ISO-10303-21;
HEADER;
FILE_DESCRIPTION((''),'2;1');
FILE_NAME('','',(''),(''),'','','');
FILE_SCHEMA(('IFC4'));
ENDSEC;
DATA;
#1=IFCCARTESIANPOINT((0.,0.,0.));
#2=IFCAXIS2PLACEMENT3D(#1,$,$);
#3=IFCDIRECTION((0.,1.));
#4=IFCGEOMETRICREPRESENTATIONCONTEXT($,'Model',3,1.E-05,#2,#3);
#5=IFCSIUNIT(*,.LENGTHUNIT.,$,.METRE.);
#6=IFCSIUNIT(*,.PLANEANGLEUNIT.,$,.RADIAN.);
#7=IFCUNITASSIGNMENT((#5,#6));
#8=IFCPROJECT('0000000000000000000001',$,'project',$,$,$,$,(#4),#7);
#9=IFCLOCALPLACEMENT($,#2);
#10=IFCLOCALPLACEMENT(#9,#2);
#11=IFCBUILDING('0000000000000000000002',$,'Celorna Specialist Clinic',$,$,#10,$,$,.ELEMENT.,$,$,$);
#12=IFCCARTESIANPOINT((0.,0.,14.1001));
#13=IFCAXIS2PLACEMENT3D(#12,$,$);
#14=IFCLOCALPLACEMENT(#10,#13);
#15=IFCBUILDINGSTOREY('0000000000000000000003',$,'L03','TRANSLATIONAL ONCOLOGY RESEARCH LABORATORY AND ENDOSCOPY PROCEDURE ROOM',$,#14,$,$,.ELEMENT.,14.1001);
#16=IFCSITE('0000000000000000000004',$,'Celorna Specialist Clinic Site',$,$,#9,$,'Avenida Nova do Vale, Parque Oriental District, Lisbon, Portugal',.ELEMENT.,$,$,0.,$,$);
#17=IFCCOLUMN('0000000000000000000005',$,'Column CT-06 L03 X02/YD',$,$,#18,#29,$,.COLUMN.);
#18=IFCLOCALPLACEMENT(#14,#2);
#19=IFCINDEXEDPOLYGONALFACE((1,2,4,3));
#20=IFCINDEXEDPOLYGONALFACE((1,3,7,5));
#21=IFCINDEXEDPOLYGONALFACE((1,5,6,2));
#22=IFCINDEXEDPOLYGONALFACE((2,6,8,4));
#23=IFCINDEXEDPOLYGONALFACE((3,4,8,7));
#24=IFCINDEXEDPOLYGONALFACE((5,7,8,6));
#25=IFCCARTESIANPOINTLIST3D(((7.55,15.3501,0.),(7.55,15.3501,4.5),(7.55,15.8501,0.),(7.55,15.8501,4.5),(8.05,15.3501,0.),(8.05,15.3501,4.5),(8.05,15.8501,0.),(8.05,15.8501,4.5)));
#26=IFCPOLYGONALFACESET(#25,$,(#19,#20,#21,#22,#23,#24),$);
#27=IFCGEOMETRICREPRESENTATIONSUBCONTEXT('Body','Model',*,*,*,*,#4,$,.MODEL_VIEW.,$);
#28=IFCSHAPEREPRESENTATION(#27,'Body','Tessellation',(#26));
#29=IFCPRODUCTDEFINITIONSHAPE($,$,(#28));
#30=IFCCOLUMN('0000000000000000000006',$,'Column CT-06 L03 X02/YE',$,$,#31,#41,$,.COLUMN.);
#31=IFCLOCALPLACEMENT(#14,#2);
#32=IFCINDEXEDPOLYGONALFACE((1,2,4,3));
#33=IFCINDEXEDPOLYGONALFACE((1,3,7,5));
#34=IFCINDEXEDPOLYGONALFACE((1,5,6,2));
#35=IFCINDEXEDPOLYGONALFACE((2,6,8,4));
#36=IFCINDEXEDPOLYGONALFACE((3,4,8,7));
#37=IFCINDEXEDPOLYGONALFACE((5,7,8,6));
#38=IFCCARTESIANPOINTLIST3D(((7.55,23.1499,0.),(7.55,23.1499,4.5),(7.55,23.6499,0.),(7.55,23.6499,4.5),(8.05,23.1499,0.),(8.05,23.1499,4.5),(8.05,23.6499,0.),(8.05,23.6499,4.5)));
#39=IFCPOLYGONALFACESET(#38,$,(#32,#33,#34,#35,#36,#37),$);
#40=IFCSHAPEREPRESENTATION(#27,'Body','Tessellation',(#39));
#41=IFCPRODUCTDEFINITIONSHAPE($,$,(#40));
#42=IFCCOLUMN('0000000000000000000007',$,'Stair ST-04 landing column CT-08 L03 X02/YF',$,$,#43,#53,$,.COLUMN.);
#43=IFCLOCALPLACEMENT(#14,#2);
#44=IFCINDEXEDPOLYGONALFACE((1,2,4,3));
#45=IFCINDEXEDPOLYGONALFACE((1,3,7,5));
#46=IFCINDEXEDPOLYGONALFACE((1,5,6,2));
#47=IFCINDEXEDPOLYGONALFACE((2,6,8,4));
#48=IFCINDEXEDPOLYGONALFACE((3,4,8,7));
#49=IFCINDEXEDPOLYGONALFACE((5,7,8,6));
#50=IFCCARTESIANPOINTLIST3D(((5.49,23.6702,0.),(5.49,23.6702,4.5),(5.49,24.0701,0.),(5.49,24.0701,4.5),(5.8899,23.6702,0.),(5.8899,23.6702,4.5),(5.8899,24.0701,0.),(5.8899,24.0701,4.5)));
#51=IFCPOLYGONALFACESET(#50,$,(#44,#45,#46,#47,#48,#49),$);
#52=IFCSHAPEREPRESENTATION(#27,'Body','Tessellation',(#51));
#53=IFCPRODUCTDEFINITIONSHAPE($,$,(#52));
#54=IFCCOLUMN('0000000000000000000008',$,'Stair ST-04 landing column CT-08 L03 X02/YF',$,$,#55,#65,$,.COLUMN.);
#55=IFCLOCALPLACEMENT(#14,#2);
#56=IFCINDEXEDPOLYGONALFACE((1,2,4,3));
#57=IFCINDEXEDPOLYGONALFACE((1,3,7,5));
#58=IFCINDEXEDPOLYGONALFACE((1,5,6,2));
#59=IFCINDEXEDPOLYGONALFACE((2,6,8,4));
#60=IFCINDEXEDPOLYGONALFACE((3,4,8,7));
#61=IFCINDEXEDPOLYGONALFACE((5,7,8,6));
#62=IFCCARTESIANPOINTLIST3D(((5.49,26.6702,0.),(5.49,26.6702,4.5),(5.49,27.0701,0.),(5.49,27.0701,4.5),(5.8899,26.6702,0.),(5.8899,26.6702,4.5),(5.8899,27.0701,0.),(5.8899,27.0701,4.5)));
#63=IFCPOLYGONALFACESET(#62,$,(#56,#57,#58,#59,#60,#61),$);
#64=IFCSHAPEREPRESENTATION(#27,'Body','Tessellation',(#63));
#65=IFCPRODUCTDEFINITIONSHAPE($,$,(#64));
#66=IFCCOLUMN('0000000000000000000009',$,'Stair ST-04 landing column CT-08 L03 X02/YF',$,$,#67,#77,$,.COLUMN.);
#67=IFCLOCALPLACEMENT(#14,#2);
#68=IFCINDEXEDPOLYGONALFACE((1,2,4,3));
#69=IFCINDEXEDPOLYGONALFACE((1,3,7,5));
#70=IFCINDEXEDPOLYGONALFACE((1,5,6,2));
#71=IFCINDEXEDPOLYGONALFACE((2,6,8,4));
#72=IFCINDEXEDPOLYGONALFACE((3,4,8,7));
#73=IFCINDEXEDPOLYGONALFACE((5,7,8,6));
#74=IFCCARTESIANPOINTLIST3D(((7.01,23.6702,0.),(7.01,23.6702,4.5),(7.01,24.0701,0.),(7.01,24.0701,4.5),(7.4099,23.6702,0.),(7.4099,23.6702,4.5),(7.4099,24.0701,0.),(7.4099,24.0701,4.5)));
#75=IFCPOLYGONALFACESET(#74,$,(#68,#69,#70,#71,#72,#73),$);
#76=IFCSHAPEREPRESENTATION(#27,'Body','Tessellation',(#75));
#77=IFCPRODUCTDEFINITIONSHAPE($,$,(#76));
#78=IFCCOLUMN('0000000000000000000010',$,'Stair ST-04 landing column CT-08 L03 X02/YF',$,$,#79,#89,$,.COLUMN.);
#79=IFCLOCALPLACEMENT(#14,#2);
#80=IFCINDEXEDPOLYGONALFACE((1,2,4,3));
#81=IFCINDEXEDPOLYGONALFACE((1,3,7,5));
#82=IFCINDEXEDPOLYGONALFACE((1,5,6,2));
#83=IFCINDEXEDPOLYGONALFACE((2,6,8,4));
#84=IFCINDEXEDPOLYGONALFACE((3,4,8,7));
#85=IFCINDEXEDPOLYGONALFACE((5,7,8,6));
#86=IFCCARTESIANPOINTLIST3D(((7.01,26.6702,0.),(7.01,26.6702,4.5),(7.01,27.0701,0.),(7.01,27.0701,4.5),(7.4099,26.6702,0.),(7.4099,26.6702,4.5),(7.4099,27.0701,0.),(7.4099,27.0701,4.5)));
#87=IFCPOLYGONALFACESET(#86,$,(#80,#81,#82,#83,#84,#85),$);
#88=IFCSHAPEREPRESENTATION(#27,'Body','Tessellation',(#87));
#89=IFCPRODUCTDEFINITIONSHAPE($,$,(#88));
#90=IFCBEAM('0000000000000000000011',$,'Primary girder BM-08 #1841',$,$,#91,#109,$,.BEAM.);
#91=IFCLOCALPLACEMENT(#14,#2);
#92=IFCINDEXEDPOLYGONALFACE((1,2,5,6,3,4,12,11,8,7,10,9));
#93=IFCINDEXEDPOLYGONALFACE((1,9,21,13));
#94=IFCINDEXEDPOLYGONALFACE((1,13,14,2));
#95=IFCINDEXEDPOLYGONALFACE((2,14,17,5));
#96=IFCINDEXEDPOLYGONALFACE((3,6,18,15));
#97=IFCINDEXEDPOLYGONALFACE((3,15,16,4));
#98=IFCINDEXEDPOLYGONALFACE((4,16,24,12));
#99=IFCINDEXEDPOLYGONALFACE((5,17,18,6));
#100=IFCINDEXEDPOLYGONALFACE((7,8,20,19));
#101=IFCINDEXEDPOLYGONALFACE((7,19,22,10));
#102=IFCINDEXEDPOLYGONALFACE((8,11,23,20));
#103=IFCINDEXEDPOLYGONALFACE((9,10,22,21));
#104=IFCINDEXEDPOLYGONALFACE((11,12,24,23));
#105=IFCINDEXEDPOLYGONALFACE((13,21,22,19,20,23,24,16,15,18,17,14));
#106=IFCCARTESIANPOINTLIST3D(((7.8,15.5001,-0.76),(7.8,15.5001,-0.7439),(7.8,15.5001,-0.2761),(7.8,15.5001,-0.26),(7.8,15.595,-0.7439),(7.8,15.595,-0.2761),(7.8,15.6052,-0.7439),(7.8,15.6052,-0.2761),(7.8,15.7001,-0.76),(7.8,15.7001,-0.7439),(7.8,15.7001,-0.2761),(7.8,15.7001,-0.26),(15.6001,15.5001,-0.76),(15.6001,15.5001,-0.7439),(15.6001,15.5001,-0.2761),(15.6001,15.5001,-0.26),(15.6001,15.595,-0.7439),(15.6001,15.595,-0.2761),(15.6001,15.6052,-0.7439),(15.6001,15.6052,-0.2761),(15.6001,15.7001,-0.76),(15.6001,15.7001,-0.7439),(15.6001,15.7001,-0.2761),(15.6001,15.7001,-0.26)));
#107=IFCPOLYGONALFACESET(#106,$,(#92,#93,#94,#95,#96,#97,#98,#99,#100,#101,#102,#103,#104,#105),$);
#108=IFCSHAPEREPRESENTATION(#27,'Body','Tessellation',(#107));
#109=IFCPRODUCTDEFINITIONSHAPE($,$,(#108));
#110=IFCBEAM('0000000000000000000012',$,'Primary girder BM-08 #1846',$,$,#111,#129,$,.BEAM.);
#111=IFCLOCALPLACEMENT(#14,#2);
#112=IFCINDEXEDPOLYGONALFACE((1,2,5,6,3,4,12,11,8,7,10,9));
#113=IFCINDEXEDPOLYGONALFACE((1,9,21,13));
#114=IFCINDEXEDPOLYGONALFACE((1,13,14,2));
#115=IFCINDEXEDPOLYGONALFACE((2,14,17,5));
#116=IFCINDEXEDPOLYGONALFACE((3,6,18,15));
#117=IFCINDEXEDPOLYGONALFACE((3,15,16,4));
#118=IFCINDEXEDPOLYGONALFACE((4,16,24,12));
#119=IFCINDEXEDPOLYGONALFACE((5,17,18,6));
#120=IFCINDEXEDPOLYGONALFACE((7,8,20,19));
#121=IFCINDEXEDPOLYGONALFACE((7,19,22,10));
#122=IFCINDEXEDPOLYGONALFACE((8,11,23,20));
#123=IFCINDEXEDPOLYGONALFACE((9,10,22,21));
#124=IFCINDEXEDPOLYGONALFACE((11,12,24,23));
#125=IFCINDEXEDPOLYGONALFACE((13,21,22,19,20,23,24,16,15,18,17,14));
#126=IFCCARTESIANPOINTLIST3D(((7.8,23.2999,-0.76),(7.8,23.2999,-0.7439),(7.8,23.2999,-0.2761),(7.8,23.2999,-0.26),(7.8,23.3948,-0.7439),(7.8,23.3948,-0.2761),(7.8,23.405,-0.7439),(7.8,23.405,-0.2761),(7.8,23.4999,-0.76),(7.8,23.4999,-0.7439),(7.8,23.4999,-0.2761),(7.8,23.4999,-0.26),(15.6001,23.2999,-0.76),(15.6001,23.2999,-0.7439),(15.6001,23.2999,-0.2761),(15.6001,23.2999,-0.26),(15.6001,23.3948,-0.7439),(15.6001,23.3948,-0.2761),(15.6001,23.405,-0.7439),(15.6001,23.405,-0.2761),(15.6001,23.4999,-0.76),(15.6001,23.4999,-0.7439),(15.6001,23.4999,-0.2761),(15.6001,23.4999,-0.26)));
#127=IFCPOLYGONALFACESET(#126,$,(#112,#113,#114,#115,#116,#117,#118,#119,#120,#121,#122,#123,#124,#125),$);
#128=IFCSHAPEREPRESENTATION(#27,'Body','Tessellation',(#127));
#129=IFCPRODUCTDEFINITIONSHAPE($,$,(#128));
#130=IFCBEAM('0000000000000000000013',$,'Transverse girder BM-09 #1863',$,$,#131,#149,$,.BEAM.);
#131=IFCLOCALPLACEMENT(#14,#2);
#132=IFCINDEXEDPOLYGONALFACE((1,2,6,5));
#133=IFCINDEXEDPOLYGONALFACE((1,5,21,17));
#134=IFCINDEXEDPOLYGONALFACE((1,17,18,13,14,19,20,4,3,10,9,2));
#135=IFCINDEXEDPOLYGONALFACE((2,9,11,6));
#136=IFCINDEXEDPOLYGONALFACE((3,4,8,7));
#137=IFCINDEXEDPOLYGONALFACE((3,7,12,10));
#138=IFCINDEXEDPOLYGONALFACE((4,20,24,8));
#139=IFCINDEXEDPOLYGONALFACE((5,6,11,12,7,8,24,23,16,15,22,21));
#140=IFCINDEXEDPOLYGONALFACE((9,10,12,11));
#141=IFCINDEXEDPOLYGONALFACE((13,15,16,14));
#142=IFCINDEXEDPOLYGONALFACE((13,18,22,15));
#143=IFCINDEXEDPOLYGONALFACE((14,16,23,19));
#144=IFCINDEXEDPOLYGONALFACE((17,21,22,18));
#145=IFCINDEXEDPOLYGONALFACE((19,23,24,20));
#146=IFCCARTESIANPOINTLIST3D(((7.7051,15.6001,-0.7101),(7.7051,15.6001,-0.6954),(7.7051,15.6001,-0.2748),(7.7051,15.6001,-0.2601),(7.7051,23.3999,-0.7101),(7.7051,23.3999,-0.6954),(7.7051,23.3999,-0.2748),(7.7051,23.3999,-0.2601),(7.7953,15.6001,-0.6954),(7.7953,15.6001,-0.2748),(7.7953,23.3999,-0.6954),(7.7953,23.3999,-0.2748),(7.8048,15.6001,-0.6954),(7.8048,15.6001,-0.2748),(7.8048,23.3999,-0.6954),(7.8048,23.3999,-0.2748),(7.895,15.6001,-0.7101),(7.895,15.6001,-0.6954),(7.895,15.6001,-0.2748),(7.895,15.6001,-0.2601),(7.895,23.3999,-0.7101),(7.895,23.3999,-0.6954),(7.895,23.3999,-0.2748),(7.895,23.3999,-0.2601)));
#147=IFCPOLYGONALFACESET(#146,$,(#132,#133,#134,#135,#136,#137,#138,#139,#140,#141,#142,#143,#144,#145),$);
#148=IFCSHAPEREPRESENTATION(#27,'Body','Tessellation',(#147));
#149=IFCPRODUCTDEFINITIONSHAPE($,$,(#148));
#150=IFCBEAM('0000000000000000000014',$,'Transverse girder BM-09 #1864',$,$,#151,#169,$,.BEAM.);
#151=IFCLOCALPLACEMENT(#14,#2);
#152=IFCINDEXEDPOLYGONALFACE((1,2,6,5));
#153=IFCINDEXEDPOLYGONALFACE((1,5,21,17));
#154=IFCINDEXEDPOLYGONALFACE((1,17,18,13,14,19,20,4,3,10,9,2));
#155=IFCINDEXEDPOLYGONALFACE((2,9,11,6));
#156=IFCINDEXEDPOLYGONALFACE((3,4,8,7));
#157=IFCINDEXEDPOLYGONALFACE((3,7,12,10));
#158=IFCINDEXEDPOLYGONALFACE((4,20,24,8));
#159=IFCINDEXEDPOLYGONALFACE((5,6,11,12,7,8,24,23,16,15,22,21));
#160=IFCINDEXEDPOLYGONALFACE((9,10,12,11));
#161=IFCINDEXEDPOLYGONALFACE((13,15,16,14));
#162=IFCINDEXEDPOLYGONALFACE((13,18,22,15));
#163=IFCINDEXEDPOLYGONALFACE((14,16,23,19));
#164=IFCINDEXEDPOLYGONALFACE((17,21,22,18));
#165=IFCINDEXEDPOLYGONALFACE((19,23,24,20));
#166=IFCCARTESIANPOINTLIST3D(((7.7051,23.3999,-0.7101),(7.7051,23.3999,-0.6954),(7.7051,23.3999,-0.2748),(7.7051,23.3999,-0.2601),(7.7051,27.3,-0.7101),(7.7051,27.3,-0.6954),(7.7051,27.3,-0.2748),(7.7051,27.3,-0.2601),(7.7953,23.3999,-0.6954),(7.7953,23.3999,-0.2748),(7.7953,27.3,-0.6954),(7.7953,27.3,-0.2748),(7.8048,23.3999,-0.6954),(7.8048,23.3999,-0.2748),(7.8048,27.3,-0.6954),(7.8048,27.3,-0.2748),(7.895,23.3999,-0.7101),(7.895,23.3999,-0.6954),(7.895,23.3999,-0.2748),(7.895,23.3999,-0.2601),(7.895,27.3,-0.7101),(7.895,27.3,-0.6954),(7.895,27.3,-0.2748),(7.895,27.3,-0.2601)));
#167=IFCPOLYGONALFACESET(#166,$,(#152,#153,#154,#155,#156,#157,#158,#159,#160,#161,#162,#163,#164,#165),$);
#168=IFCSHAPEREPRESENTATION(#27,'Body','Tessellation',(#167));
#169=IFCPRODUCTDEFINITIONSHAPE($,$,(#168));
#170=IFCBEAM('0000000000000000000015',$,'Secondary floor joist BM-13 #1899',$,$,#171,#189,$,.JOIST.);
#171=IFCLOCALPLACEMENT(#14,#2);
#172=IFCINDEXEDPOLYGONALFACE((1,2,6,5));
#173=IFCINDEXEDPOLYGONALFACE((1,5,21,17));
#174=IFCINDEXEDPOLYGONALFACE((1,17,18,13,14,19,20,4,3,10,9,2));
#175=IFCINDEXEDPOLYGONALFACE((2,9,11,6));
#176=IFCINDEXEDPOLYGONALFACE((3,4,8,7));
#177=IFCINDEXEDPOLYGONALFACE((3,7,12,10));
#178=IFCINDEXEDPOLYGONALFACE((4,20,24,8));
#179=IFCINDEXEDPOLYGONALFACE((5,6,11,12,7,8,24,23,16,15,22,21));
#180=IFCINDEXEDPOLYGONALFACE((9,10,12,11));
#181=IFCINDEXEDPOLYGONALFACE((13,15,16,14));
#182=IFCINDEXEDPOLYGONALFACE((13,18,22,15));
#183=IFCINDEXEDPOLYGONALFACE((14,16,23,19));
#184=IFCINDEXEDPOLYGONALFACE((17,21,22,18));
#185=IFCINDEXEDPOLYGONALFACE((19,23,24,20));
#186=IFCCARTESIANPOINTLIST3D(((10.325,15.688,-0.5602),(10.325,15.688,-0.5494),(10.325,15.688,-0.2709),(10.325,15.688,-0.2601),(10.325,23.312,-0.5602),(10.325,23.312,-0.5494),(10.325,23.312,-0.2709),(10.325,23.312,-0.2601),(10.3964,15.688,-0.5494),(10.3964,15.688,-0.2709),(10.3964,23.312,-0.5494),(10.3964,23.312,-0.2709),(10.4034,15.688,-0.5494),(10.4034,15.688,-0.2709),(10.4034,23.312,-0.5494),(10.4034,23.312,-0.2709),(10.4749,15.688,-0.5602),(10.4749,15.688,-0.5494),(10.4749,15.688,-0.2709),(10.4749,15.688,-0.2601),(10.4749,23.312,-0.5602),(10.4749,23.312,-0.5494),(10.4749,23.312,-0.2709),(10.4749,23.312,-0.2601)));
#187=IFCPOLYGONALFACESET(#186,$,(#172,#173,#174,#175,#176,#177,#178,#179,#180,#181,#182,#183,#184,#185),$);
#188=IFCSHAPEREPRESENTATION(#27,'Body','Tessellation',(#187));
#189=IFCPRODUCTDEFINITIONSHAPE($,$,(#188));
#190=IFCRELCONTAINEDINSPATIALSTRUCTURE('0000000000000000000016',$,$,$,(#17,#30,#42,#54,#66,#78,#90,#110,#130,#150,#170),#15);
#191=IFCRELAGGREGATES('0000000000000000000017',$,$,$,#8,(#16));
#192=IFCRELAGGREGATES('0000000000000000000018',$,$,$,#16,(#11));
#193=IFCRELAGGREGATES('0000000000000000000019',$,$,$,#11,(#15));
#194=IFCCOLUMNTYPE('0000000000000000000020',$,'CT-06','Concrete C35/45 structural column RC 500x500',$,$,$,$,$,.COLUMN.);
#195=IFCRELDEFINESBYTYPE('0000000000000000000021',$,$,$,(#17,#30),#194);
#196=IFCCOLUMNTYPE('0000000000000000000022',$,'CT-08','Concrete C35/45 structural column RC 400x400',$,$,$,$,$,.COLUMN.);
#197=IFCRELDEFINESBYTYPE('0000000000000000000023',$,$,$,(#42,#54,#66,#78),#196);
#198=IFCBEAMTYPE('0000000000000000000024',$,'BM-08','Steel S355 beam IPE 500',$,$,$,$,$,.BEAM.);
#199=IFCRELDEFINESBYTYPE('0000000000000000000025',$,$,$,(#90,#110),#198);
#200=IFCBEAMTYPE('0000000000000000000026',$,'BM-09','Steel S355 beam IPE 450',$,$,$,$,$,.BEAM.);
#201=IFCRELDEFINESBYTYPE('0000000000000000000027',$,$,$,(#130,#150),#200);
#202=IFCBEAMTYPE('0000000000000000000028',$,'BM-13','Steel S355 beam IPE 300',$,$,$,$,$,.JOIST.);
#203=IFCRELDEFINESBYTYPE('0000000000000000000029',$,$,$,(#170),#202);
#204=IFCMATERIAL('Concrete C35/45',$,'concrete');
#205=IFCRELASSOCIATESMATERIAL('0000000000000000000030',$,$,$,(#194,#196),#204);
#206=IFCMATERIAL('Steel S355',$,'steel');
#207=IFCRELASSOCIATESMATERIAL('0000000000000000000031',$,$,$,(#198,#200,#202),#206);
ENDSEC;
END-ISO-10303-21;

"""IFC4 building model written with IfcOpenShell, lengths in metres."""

from ifc_helpers import new_model, si_unit, direction, frame, origin, origin_2d, place, context, subcontext, project, spatial, rectangle, i_section, extrude, material, material_profile, profile_set, type_object, element, save


model = new_model("IFC4")

# Units and contexts
model_context = context("Model", 3, precision=1e-05, world=origin(), true_north=direction((0.0, 1.0)))
body_context = subcontext(model_context, "Body", "Model", "MODEL_VIEW")
ifc_project = project(units=[si_unit("LENGTHUNIT", "METRE"), si_unit("PLANEANGLEUNIT", "RADIAN")], contexts=[model_context])

# Site, building, storey
site_placement = place(None, origin())
site = spatial("IfcSite", under=ifc_project, at=site_placement, Name="Celorna Specialist Clinic Site", LongName="Avenida Nova do Vale, Parque Oriental District, Lisbon, Portugal", CompositionType="ELEMENT", RefElevation=0.0)
building_placement = place(site_placement, origin())
building = spatial("IfcBuilding", under=site, at=building_placement, Name="Celorna Specialist Clinic", CompositionType="ELEMENT")
storey_placement = place(building_placement, frame((0.0, 0.0, 14.1001)))
storey = spatial("IfcBuildingStorey", under=building, at=storey_placement, Name="L03", Description="TRANSLATIONAL ONCOLOGY RESEARCH LABORATORY AND ENDOSCOPY PROCEDURE ROOM", CompositionType="ELEMENT", Elevation=14.1001)

# Columns
ifc_material_1 = material(Name="Concrete C35/45", Category="concrete")
ifc_material_profile_1 = material_profile(ifc_material_1, rectangle(XDim=0.5, YDim=0.5, at=origin_2d()), Name="RC 500x500")
ifc_profile_set_1 = profile_set([ifc_material_profile_1], Name="Concrete C35/45")
column_type_1 = type_object("IfcColumnType", Name="CT-06", Description="Concrete C35/45 structural column RC 500x500", PredefinedType="COLUMN", material=ifc_profile_set_1)
for number, where, z_axis, x_axis, name in (
    (1, (7.8, 15.6001, 0.0), (0.0, 0.0, 1.0), (1.0, 0.0, 0.0), "Column CT-06 L03 X02/YD"),
    (2, (7.8, 23.3999, 0.0), (0.0, 0.0, 1.0), (1.0, 0.0, 0.0), "Column CT-06 L03 X02/YE"),
):
    element("IfcColumn", number, at=place(storey_placement, frame(where, z_axis=z_axis, x_axis=x_axis)), inside=storey, type_object=column_type_1, Name=name, PredefinedType="COLUMN", context=body_context, shape_type="SweptSolid", body=[
        extrude(rectangle(XDim=0.5, YDim=0.5, at=origin_2d()), origin(), (0.0, 0.0, 1.0), 4.5),
    ])
ifc_material_profile_2 = material_profile(ifc_material_1, rectangle(XDim=0.3999, YDim=0.3999, at=origin_2d()), Name="RC 400x400")
ifc_profile_set_2 = profile_set([ifc_material_profile_2], Name="Concrete C35/45")
column_type_2 = type_object("IfcColumnType", Name="CT-08", Description="Concrete C35/45 structural column RC 400x400", PredefinedType="COLUMN", material=ifc_profile_set_2)
for number, where, z_axis, x_axis, name in (
    (3, (5.6899, 23.8701, 0.0), (0.0, 0.0, 1.0), (1.0, 0.0, 0.0), "Stair ST-04 landing column CT-08 L03 X02/YF"),
    (4, (5.6899, 26.8701, 0.0), (0.0, 0.0, 1.0), (1.0, 0.0, 0.0), "Stair ST-04 landing column CT-08 L03 X02/YF"),
    (5, (7.21, 23.8701, 0.0), (0.0, 0.0, 1.0), (1.0, 0.0, 0.0), "Stair ST-04 landing column CT-08 L03 X02/YF"),
    (6, (7.21, 26.8701, 0.0), (0.0, 0.0, 1.0), (1.0, 0.0, 0.0), "Stair ST-04 landing column CT-08 L03 X02/YF"),
):
    element("IfcColumn", number, at=place(storey_placement, frame(where, z_axis=z_axis, x_axis=x_axis)), inside=storey, type_object=column_type_2, Name=name, PredefinedType="COLUMN", context=body_context, shape_type="SweptSolid", body=[
        extrude(rectangle(XDim=0.3999, YDim=0.3999, at=origin_2d()), origin(), (0.0, 0.0, 1.0), 4.5),
    ])

# Beams
ifc_material_2 = material(Name="Steel S355", Category="steel")
ifc_material_profile_3 = material_profile(ifc_material_2, i_section(OverallWidth=0.2, OverallDepth=0.5, WebThickness=0.0103, FlangeThickness=0.0161, at=origin_2d()), Name="IPE 500")
ifc_profile_set_3 = profile_set([ifc_material_profile_3], Name="Steel S355")
beam_type_1 = type_object("IfcBeamType", Name="BM-08", Description="Steel S355 beam IPE 500", PredefinedType="BEAM", material=ifc_profile_set_3)
for number, where, z_axis, x_axis, name in (
    (7, (7.8, 15.6001, -0.51), (1.0, 0.0, 0.0), (0.0, 1.0, 0.0), "Primary girder BM-08 #1841"),
    (8, (7.8, 23.3999, -0.51), (1.0, 0.0, 0.0), (0.0, 1.0, 0.0), "Primary girder BM-08 #1846"),
):
    element("IfcBeam", number, at=place(storey_placement, frame(where, z_axis=z_axis, x_axis=x_axis)), inside=storey, type_object=beam_type_1, Name=name, PredefinedType="BEAM", context=body_context, shape_type="SweptSolid", body=[
        extrude(i_section(OverallWidth=0.2, OverallDepth=0.5, WebThickness=0.0103, FlangeThickness=0.0161, at=origin_2d()), origin(), (0.0, 0.0, 1.0), 7.8),
    ])
ifc_material_profile_4 = material_profile(ifc_material_2, i_section(OverallWidth=0.1899, OverallDepth=0.45, WebThickness=0.0095, FlangeThickness=0.0146, at=origin_2d()), Name="IPE 450")
ifc_profile_set_4 = profile_set([ifc_material_profile_4], Name="Steel S355")
beam_type_2 = type_object("IfcBeamType", Name="BM-09", Description="Steel S355 beam IPE 450", PredefinedType="BEAM", material=ifc_profile_set_4)
beam_1_placement = place(storey_placement, frame((7.8, 15.6001, -0.4851), z_axis=(0.0, 1.0, 0.0), x_axis=(-1.0, 0.0, 0.0)))
element("IfcBeam", 9, at=beam_1_placement, inside=storey, type_object=beam_type_2, Name="Transverse girder BM-09 #1863", PredefinedType="BEAM", context=body_context, shape_type="SweptSolid", body=[
    extrude(i_section(OverallWidth=0.1899, OverallDepth=0.45, WebThickness=0.0095, FlangeThickness=0.0146, at=origin_2d()), origin(), (0.0, 0.0, 1.0), 7.7998),
])
beam_2_placement = place(storey_placement, frame((7.8, 23.3999, -0.4851), z_axis=(0.0, 1.0, 0.0), x_axis=(-1.0, 0.0, 0.0)))
element("IfcBeam", 10, at=beam_2_placement, inside=storey, type_object=beam_type_2, Name="Transverse girder BM-09 #1864", PredefinedType="BEAM", context=body_context, shape_type="SweptSolid", body=[
    extrude(i_section(OverallWidth=0.1899, OverallDepth=0.45, WebThickness=0.0095, FlangeThickness=0.0146, at=origin_2d()), origin(), (0.0, 0.0, 1.0), 3.9001),
])
ifc_material_profile_5 = material_profile(ifc_material_2, i_section(OverallWidth=0.1499, OverallDepth=0.3, WebThickness=0.0071, FlangeThickness=0.0107, at=origin_2d()), Name="IPE 300")
ifc_profile_set_5 = profile_set([ifc_material_profile_5], Name="Steel S355")
beam_type_3 = type_object("IfcBeamType", Name="BM-13", Description="Steel S355 beam IPE 300", PredefinedType="JOIST", material=ifc_profile_set_5)
for number, where, z_axis, x_axis, name in (
    (11, (10.3999, 15.688, -0.4102), (0.0, 1.0, 0.0), (-1.0, 0.0, 0.0), "Secondary floor joist BM-13 #1899"),
):
    element("IfcBeam", number, at=place(storey_placement, frame(where, z_axis=z_axis, x_axis=x_axis)), inside=storey, type_object=beam_type_3, Name=name, PredefinedType="JOIST", context=body_context, shape_type="SweptSolid", body=[
        extrude(i_section(OverallWidth=0.1499, OverallDepth=0.3, WebThickness=0.0071, FlangeThickness=0.0107, at=origin_2d()), origin(), (0.0, 0.0, 1.0), 7.624),
    ])

save(model, "model.ifc")
